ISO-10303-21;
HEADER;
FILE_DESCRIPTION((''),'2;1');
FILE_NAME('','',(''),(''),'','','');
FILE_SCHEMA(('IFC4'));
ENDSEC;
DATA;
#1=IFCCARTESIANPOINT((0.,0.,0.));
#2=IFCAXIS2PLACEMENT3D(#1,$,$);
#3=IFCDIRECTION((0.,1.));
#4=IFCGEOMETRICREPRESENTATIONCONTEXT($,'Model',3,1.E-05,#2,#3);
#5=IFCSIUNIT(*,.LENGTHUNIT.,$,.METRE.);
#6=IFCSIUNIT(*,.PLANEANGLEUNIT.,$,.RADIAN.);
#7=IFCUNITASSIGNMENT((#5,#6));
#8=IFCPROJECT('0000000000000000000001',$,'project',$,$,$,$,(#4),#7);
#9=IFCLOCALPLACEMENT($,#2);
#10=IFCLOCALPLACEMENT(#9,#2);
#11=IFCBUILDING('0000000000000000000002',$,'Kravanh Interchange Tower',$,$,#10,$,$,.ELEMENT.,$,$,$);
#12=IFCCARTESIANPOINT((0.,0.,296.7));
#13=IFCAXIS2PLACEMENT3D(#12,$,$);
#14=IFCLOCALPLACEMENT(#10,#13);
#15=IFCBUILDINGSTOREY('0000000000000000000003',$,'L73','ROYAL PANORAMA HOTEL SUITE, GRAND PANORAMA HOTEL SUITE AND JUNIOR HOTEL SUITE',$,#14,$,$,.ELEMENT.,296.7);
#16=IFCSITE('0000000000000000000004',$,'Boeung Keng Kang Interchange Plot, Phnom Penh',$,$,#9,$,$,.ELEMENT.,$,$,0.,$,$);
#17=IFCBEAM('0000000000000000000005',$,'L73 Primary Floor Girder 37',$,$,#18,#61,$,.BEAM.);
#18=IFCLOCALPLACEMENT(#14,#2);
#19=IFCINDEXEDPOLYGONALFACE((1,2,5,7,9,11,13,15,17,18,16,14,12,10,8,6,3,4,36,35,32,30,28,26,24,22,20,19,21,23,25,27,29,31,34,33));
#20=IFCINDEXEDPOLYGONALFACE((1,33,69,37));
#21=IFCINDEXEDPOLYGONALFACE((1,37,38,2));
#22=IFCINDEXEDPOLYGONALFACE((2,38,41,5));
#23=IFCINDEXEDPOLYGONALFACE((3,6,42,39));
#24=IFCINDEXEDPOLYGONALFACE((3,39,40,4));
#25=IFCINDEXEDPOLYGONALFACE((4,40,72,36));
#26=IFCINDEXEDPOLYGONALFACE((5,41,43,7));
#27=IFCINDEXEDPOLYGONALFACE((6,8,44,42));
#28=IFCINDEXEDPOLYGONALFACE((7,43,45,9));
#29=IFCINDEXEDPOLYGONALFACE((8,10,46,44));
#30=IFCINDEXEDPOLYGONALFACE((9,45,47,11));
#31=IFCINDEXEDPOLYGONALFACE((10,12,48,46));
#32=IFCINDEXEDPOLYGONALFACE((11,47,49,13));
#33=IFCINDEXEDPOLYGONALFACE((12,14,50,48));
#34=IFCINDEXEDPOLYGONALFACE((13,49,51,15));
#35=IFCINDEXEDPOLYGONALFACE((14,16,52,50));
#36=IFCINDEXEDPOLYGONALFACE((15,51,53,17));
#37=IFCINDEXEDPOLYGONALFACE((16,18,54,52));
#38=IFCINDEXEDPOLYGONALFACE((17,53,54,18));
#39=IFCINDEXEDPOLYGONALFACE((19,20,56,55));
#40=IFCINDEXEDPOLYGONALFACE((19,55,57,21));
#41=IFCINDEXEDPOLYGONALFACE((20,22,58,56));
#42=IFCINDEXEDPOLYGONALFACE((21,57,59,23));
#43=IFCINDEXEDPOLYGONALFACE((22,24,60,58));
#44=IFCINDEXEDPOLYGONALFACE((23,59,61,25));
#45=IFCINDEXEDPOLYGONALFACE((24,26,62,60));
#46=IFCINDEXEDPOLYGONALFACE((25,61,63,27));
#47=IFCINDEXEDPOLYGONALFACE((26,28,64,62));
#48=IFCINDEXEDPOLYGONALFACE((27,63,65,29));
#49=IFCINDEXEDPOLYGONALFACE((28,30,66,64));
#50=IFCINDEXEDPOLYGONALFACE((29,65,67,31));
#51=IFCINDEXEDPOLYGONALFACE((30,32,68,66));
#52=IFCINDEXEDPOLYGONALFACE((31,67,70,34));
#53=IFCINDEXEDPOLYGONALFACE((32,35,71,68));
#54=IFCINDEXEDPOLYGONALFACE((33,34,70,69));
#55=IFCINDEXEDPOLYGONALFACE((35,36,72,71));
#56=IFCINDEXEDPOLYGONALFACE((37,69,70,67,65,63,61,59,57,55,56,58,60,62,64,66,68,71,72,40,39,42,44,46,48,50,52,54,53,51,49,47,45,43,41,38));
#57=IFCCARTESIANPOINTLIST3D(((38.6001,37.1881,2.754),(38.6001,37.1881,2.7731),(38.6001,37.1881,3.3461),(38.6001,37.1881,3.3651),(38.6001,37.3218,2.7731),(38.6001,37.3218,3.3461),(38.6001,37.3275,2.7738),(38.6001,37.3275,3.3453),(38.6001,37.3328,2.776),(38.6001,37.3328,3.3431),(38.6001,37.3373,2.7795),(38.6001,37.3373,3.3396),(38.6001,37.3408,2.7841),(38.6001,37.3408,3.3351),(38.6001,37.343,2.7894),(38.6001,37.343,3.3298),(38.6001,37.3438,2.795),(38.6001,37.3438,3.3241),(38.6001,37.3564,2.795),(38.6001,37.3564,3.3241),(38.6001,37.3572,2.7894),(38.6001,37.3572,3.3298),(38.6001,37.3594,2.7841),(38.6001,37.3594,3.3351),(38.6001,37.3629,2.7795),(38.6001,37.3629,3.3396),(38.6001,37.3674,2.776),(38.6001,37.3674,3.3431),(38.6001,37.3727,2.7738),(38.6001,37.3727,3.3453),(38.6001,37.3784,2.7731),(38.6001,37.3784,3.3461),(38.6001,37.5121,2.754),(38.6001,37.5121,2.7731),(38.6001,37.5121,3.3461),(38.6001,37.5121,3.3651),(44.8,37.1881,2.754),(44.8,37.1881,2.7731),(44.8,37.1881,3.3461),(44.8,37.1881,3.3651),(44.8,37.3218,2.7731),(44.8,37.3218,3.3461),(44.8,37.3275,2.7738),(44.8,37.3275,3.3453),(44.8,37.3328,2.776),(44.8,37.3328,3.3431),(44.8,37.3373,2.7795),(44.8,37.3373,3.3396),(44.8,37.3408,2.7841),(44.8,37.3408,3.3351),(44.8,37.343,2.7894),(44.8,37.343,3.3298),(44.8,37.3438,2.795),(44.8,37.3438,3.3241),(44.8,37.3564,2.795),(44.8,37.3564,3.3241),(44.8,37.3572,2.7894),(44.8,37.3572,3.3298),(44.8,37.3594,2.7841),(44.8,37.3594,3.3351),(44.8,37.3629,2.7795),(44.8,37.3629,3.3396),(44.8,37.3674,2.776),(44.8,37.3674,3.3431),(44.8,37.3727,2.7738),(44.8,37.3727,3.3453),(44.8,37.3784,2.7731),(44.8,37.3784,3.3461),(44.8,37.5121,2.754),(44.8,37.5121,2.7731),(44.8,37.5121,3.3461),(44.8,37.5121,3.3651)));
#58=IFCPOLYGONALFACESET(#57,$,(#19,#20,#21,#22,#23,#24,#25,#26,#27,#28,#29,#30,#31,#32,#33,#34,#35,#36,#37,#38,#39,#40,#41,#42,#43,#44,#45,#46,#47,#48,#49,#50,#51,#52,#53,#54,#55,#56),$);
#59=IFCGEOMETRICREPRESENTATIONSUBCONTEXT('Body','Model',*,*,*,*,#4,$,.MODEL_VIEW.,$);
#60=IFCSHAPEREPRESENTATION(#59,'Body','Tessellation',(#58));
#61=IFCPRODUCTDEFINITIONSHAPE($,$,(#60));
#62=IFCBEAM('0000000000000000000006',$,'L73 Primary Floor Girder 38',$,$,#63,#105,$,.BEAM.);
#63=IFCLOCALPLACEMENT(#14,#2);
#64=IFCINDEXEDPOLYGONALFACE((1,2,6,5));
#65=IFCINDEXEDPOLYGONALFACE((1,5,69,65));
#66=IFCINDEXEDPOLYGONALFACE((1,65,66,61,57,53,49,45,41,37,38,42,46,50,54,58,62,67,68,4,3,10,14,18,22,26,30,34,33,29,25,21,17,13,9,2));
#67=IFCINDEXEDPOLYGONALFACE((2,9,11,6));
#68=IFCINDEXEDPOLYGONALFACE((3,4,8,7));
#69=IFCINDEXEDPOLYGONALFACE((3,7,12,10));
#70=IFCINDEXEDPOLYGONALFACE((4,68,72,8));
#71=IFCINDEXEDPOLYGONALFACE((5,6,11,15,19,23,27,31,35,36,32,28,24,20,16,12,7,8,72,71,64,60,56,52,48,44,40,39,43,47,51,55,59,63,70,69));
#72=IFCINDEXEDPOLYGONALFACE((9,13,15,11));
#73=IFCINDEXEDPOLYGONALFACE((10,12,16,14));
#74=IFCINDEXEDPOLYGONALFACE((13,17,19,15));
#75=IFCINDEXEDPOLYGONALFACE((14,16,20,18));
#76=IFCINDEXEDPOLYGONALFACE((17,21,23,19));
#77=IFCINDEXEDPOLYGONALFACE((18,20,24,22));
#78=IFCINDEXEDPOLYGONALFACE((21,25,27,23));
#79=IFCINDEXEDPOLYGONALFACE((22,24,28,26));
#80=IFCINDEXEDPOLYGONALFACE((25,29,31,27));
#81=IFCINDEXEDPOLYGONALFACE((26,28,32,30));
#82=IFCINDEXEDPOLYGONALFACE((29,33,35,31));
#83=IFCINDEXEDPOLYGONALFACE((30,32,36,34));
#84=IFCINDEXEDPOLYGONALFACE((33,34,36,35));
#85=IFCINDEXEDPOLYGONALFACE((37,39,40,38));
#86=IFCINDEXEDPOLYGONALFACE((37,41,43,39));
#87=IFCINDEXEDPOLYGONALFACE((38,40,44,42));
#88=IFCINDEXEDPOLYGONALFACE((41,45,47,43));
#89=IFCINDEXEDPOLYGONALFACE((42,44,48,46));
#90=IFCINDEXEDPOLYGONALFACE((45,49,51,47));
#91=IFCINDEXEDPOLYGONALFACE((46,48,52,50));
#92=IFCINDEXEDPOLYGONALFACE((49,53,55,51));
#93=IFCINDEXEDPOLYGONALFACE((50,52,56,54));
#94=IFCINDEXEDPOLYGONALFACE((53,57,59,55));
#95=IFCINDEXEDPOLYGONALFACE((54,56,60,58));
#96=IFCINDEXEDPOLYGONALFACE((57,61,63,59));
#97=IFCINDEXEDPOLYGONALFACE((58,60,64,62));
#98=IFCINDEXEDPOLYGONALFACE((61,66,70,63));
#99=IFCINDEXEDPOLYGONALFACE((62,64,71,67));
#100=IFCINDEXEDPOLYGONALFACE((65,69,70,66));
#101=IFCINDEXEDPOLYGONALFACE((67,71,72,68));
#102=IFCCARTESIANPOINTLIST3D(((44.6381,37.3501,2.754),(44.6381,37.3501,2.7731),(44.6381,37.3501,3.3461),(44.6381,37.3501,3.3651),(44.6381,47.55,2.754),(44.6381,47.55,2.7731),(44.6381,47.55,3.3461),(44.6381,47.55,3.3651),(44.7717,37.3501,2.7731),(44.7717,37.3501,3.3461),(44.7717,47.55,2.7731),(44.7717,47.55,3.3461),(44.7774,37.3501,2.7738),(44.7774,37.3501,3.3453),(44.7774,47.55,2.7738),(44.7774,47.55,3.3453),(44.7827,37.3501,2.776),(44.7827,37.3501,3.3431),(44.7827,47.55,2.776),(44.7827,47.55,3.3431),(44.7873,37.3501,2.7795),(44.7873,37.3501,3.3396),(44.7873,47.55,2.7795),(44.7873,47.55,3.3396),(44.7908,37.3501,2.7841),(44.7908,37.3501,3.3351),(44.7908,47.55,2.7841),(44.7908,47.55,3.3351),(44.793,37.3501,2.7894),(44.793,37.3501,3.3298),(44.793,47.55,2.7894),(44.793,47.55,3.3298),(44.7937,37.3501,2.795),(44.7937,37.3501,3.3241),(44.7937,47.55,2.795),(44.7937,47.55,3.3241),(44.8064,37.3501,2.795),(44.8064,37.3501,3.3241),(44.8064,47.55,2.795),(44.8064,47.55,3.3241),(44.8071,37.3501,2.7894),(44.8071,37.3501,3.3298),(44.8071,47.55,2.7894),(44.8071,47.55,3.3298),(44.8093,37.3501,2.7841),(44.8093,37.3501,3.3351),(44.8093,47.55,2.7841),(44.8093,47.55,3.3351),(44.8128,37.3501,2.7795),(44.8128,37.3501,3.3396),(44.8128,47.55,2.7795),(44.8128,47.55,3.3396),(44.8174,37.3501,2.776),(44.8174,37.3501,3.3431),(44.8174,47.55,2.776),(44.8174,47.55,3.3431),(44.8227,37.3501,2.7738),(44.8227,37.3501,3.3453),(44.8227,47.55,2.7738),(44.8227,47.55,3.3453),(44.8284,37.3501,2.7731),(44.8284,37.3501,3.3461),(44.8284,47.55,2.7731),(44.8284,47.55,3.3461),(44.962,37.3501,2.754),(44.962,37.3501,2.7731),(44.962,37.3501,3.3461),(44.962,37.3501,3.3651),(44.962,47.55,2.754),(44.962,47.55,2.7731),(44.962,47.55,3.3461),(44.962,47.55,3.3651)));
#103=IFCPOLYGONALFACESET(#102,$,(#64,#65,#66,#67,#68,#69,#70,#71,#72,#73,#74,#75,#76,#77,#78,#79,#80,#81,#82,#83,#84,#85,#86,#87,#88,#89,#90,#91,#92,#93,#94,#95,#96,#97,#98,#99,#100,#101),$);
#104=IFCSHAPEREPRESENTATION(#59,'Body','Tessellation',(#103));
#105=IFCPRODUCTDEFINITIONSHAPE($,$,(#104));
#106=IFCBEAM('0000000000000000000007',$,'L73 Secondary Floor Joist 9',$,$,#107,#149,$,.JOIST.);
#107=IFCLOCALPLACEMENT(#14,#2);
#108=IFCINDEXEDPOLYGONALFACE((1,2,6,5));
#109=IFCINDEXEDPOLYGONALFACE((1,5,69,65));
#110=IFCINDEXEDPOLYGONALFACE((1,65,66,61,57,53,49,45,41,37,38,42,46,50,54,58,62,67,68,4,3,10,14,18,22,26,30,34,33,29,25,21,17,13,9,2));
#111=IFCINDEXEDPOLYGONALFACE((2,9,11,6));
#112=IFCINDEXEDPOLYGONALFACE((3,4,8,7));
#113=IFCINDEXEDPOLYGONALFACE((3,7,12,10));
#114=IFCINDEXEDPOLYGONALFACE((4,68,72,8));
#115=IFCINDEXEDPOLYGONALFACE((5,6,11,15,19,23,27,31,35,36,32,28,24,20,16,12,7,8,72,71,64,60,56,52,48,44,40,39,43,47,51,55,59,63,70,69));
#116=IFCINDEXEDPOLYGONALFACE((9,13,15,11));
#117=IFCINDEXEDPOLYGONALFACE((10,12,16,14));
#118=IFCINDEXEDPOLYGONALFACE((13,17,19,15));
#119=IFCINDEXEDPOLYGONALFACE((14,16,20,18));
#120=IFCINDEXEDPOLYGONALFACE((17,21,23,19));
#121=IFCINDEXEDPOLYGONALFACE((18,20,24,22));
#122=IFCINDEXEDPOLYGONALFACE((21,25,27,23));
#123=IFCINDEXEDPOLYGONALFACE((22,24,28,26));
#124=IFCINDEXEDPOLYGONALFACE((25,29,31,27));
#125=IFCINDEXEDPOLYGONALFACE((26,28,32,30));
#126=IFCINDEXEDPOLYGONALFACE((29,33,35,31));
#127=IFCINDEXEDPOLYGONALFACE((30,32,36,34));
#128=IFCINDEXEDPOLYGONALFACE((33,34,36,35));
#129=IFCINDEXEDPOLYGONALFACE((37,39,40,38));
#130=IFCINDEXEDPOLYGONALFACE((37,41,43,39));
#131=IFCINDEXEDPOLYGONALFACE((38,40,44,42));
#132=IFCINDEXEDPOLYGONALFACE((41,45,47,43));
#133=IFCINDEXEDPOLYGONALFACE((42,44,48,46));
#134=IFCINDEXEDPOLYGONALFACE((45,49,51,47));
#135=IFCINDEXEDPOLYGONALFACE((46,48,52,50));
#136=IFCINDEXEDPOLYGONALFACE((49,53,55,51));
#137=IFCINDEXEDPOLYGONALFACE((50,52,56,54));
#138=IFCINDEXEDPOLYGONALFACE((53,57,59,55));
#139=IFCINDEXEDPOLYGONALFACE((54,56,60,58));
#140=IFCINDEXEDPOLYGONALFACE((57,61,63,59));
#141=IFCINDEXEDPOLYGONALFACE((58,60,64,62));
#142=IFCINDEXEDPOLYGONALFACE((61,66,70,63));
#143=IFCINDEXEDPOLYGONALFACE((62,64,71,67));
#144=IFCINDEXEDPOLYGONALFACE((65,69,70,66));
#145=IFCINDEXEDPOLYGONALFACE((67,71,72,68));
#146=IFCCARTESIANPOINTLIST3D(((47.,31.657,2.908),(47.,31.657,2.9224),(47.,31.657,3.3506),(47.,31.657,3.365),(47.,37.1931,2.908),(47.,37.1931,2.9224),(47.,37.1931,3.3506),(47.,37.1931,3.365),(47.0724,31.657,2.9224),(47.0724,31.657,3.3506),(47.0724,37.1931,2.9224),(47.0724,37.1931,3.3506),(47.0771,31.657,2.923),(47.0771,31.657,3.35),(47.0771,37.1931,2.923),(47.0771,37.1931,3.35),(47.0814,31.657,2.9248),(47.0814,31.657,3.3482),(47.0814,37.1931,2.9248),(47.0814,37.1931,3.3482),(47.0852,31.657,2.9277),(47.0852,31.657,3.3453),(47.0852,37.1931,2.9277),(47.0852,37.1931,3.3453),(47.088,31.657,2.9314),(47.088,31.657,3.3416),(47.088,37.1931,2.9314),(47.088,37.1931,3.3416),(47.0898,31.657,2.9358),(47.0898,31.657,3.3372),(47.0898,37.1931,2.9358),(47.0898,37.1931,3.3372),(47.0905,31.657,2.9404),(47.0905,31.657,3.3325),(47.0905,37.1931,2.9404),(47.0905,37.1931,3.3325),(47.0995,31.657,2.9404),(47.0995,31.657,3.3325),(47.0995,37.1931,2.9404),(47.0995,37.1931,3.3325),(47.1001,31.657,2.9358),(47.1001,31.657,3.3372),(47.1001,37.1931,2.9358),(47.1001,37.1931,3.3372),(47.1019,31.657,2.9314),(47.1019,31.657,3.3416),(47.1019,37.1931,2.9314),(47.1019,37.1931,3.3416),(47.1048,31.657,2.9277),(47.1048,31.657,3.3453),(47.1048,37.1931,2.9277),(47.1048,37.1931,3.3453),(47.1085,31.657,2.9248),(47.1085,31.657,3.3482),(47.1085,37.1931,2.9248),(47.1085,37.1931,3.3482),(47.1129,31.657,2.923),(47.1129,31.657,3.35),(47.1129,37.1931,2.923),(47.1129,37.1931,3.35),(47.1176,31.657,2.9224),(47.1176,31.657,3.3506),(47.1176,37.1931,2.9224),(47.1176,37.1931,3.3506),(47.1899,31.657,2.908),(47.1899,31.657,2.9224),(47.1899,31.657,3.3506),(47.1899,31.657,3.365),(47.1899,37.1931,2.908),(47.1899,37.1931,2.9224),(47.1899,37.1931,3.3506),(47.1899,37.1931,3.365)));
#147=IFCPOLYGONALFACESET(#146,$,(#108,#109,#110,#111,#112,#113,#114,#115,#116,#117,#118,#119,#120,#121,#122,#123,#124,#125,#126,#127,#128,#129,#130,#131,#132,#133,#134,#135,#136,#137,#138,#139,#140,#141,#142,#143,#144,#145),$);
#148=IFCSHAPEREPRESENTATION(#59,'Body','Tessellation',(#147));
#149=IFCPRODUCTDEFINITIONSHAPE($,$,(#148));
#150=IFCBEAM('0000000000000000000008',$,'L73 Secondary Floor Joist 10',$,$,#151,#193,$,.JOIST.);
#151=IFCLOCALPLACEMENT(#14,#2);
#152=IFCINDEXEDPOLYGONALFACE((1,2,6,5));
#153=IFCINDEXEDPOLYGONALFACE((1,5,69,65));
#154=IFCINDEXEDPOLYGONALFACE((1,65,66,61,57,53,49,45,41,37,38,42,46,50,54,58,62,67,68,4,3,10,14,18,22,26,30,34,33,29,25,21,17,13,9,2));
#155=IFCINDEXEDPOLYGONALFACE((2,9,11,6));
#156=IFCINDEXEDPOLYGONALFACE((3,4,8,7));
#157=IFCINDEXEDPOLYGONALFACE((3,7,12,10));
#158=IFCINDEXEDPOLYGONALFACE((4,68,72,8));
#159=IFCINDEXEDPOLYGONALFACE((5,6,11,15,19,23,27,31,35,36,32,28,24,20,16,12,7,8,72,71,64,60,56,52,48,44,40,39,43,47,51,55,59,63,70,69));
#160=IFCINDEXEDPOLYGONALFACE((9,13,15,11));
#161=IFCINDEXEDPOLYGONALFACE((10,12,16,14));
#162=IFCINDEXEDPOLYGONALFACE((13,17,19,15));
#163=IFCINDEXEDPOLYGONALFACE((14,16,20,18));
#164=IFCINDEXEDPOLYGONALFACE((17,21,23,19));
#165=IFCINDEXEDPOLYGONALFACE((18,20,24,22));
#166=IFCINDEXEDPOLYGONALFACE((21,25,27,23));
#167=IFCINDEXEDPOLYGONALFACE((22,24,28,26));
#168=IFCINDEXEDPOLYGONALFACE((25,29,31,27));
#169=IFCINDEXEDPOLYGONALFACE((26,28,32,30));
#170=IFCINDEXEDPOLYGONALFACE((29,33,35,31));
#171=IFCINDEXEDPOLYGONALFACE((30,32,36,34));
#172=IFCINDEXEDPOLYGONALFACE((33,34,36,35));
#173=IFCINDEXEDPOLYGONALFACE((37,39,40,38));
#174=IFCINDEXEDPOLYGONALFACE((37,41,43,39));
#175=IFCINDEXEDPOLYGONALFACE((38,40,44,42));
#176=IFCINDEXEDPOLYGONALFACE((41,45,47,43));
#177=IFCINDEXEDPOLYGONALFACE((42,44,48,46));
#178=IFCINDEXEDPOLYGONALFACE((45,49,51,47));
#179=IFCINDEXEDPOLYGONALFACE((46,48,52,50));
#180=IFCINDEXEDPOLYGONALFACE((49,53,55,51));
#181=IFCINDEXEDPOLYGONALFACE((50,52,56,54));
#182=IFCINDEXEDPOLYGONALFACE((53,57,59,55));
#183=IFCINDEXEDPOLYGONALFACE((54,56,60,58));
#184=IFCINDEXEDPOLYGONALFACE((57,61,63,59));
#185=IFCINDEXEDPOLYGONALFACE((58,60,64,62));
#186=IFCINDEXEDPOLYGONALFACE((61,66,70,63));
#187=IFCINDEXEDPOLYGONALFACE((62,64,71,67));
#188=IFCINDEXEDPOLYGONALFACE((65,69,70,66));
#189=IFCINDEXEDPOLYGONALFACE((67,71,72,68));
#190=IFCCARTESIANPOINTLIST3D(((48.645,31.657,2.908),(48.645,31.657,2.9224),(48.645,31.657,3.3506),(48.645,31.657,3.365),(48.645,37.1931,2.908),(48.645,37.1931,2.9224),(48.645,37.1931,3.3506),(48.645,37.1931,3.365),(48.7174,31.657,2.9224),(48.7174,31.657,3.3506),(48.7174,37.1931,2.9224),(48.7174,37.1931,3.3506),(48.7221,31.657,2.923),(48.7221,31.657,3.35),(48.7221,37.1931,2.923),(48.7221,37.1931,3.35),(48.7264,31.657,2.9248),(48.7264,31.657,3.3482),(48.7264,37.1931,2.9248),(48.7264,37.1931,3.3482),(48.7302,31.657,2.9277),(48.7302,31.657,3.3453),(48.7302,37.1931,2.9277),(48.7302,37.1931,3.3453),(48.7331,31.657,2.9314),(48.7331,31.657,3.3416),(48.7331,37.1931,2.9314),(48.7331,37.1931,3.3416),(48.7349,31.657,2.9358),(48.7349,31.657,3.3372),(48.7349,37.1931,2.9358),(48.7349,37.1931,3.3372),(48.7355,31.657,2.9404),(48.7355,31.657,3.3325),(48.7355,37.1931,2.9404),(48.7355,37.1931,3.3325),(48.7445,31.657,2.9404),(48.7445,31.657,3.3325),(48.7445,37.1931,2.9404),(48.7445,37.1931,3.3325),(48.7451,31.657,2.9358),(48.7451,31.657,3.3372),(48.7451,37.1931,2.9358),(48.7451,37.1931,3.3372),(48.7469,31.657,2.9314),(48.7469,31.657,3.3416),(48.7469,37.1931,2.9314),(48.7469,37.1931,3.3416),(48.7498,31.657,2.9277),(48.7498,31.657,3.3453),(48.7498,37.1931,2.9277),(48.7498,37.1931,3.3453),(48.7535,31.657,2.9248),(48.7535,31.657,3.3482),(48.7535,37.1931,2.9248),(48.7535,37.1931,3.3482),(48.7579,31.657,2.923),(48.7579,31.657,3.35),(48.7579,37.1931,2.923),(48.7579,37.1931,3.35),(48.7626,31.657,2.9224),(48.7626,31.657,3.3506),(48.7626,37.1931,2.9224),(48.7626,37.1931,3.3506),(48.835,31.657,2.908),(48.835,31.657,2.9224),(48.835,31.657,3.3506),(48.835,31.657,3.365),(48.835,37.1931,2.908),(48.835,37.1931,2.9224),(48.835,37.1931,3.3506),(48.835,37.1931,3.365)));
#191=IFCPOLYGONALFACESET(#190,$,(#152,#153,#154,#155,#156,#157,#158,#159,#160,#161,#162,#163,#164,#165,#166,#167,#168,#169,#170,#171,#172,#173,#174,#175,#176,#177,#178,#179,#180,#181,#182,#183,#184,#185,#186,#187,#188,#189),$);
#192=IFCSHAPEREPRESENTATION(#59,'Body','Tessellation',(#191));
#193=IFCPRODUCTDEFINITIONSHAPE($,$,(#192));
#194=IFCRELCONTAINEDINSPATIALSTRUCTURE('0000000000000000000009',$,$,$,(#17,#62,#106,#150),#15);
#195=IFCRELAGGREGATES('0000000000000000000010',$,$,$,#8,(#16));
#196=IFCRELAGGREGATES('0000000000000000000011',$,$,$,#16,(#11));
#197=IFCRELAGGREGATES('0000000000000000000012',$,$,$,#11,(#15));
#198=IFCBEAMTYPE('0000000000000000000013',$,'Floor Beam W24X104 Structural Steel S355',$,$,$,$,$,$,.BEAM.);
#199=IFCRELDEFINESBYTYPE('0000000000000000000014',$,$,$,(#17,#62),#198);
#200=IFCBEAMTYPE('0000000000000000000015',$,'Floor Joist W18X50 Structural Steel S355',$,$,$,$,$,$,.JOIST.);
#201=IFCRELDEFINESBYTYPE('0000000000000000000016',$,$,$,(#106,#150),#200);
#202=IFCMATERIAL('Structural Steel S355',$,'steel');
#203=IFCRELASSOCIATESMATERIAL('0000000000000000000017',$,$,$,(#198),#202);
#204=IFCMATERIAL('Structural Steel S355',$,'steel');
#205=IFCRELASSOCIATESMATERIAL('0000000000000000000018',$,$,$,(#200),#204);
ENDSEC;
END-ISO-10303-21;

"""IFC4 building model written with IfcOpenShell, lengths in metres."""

from ifc_helpers import new_model, si_unit, direction, frame, origin, origin_2d, place, context, subcontext, project, spatial, i_section, extrude, material, material_profile, profile_set, type_object, element, save


model = new_model("IFC4")

# Units and contexts
model_context = context("Model", 3, precision=1e-05, world=origin(), true_north=direction((0.0, 1.0)))
body_context = subcontext(model_context, "Body", "Model", "MODEL_VIEW")
ifc_project = project(units=[si_unit("LENGTHUNIT", "METRE"), si_unit("PLANEANGLEUNIT", "RADIAN")], contexts=[model_context])

# Site, building, storey
site_placement = place(None, origin())
site = spatial("IfcSite", under=ifc_project, at=site_placement, Name="Boeung Keng Kang Interchange Plot, Phnom Penh", CompositionType="ELEMENT", RefElevation=0.0)
building_placement = place(site_placement, origin())
building = spatial("IfcBuilding", under=site, at=building_placement, Name="Kravanh Interchange Tower", CompositionType="ELEMENT")
storey_placement = place(building_placement, frame((0.0, 0.0, 296.7)))
storey = spatial("IfcBuildingStorey", under=building, at=storey_placement, Name="L73", Description="ROYAL PANORAMA HOTEL SUITE, GRAND PANORAMA HOTEL SUITE AND JUNIOR HOTEL SUITE", CompositionType="ELEMENT", Elevation=296.7)

# Beams
ifc_material_1 = material(Name="Structural Steel S355", Category="steel")
ifc_material_profile_1 = material_profile(ifc_material_1, i_section(OverallWidth=0.324, OverallDepth=0.6111, WebThickness=0.0127, FlangeThickness=0.019, FilletRadius=0.022, at=origin_2d()), Name="W24X104")
ifc_profile_set_1 = profile_set([ifc_material_profile_1], Name="Structural Steel S355")
beam_type_1 = type_object("IfcBeamType", Name="Floor Beam W24X104 Structural Steel S355", PredefinedType="BEAM", material=ifc_profile_set_1)
beam_1_placement = place(storey_placement, frame((44.8, 37.3501, 3.0596), z_axis=(-1.0, 0.0, 0.0), x_axis=(0.0, -1.0, 0.0)))
element("IfcBeam", 1, at=beam_1_placement, inside=storey, type_object=beam_type_1, Name="L73 Primary Floor Girder 37", PredefinedType="BEAM", context=body_context, shape_type="SweptSolid", body=[
    extrude(i_section(OverallWidth=0.324, OverallDepth=0.6111, WebThickness=0.0127, FlangeThickness=0.019, FilletRadius=0.022, at=origin_2d()), origin(), (0.0, 0.0, 1.0), 6.2),
])
beam_2_placement = place(storey_placement, frame((44.8, 37.3501, 3.0596), z_axis=(0.0, 1.0, 0.0), x_axis=(-1.0, 0.0, 0.0)))
element("IfcBeam", 2, at=beam_2_placement, inside=storey, type_object=beam_type_1, Name="L73 Primary Floor Girder 38", PredefinedType="BEAM", context=body_context, shape_type="SweptSolid", body=[
    extrude(i_section(OverallWidth=0.324, OverallDepth=0.6111, WebThickness=0.0127, FlangeThickness=0.019, FilletRadius=0.022, at=origin_2d()), origin(), (0.0, 0.0, 1.0), 10.2),
])
ifc_material_2 = material(Name="Structural Steel S355", Category="steel")
ifc_material_profile_2 = material_profile(ifc_material_2, i_section(OverallWidth=0.1899, OverallDepth=0.457, WebThickness=0.009, FlangeThickness=0.0144, FilletRadius=0.0181, at=origin_2d()), Name="W18X50")
ifc_profile_set_2 = profile_set([ifc_material_profile_2], Name="Structural Steel S355")
beam_type_2 = type_object("IfcBeamType", Name="Floor Joist W18X50 Structural Steel S355", PredefinedType="JOIST", material=ifc_profile_set_2)
for number, where, z_axis, x_axis, name in (
    (3, (47.095, 31.657, 3.1365), (0.0, 1.0, 0.0), (-1.0, 0.0, 0.0), "L73 Secondary Floor Joist 9"),
    (4, (48.74, 31.657, 3.1365), (0.0, 1.0, 0.0), (-1.0, 0.0, 0.0), "L73 Secondary Floor Joist 10"),
):
    element("IfcBeam", number, at=place(storey_placement, frame(where, z_axis=z_axis, x_axis=x_axis)), inside=storey, type_object=beam_type_2, Name=name, PredefinedType="JOIST", context=body_context, shape_type="SweptSolid", body=[
        extrude(i_section(OverallWidth=0.1899, OverallDepth=0.457, WebThickness=0.009, FlangeThickness=0.0144, FilletRadius=0.0181, at=origin_2d()), origin(), (0.0, 0.0, 1.0), 5.5361),
    ])

save(model, "model.ifc")
